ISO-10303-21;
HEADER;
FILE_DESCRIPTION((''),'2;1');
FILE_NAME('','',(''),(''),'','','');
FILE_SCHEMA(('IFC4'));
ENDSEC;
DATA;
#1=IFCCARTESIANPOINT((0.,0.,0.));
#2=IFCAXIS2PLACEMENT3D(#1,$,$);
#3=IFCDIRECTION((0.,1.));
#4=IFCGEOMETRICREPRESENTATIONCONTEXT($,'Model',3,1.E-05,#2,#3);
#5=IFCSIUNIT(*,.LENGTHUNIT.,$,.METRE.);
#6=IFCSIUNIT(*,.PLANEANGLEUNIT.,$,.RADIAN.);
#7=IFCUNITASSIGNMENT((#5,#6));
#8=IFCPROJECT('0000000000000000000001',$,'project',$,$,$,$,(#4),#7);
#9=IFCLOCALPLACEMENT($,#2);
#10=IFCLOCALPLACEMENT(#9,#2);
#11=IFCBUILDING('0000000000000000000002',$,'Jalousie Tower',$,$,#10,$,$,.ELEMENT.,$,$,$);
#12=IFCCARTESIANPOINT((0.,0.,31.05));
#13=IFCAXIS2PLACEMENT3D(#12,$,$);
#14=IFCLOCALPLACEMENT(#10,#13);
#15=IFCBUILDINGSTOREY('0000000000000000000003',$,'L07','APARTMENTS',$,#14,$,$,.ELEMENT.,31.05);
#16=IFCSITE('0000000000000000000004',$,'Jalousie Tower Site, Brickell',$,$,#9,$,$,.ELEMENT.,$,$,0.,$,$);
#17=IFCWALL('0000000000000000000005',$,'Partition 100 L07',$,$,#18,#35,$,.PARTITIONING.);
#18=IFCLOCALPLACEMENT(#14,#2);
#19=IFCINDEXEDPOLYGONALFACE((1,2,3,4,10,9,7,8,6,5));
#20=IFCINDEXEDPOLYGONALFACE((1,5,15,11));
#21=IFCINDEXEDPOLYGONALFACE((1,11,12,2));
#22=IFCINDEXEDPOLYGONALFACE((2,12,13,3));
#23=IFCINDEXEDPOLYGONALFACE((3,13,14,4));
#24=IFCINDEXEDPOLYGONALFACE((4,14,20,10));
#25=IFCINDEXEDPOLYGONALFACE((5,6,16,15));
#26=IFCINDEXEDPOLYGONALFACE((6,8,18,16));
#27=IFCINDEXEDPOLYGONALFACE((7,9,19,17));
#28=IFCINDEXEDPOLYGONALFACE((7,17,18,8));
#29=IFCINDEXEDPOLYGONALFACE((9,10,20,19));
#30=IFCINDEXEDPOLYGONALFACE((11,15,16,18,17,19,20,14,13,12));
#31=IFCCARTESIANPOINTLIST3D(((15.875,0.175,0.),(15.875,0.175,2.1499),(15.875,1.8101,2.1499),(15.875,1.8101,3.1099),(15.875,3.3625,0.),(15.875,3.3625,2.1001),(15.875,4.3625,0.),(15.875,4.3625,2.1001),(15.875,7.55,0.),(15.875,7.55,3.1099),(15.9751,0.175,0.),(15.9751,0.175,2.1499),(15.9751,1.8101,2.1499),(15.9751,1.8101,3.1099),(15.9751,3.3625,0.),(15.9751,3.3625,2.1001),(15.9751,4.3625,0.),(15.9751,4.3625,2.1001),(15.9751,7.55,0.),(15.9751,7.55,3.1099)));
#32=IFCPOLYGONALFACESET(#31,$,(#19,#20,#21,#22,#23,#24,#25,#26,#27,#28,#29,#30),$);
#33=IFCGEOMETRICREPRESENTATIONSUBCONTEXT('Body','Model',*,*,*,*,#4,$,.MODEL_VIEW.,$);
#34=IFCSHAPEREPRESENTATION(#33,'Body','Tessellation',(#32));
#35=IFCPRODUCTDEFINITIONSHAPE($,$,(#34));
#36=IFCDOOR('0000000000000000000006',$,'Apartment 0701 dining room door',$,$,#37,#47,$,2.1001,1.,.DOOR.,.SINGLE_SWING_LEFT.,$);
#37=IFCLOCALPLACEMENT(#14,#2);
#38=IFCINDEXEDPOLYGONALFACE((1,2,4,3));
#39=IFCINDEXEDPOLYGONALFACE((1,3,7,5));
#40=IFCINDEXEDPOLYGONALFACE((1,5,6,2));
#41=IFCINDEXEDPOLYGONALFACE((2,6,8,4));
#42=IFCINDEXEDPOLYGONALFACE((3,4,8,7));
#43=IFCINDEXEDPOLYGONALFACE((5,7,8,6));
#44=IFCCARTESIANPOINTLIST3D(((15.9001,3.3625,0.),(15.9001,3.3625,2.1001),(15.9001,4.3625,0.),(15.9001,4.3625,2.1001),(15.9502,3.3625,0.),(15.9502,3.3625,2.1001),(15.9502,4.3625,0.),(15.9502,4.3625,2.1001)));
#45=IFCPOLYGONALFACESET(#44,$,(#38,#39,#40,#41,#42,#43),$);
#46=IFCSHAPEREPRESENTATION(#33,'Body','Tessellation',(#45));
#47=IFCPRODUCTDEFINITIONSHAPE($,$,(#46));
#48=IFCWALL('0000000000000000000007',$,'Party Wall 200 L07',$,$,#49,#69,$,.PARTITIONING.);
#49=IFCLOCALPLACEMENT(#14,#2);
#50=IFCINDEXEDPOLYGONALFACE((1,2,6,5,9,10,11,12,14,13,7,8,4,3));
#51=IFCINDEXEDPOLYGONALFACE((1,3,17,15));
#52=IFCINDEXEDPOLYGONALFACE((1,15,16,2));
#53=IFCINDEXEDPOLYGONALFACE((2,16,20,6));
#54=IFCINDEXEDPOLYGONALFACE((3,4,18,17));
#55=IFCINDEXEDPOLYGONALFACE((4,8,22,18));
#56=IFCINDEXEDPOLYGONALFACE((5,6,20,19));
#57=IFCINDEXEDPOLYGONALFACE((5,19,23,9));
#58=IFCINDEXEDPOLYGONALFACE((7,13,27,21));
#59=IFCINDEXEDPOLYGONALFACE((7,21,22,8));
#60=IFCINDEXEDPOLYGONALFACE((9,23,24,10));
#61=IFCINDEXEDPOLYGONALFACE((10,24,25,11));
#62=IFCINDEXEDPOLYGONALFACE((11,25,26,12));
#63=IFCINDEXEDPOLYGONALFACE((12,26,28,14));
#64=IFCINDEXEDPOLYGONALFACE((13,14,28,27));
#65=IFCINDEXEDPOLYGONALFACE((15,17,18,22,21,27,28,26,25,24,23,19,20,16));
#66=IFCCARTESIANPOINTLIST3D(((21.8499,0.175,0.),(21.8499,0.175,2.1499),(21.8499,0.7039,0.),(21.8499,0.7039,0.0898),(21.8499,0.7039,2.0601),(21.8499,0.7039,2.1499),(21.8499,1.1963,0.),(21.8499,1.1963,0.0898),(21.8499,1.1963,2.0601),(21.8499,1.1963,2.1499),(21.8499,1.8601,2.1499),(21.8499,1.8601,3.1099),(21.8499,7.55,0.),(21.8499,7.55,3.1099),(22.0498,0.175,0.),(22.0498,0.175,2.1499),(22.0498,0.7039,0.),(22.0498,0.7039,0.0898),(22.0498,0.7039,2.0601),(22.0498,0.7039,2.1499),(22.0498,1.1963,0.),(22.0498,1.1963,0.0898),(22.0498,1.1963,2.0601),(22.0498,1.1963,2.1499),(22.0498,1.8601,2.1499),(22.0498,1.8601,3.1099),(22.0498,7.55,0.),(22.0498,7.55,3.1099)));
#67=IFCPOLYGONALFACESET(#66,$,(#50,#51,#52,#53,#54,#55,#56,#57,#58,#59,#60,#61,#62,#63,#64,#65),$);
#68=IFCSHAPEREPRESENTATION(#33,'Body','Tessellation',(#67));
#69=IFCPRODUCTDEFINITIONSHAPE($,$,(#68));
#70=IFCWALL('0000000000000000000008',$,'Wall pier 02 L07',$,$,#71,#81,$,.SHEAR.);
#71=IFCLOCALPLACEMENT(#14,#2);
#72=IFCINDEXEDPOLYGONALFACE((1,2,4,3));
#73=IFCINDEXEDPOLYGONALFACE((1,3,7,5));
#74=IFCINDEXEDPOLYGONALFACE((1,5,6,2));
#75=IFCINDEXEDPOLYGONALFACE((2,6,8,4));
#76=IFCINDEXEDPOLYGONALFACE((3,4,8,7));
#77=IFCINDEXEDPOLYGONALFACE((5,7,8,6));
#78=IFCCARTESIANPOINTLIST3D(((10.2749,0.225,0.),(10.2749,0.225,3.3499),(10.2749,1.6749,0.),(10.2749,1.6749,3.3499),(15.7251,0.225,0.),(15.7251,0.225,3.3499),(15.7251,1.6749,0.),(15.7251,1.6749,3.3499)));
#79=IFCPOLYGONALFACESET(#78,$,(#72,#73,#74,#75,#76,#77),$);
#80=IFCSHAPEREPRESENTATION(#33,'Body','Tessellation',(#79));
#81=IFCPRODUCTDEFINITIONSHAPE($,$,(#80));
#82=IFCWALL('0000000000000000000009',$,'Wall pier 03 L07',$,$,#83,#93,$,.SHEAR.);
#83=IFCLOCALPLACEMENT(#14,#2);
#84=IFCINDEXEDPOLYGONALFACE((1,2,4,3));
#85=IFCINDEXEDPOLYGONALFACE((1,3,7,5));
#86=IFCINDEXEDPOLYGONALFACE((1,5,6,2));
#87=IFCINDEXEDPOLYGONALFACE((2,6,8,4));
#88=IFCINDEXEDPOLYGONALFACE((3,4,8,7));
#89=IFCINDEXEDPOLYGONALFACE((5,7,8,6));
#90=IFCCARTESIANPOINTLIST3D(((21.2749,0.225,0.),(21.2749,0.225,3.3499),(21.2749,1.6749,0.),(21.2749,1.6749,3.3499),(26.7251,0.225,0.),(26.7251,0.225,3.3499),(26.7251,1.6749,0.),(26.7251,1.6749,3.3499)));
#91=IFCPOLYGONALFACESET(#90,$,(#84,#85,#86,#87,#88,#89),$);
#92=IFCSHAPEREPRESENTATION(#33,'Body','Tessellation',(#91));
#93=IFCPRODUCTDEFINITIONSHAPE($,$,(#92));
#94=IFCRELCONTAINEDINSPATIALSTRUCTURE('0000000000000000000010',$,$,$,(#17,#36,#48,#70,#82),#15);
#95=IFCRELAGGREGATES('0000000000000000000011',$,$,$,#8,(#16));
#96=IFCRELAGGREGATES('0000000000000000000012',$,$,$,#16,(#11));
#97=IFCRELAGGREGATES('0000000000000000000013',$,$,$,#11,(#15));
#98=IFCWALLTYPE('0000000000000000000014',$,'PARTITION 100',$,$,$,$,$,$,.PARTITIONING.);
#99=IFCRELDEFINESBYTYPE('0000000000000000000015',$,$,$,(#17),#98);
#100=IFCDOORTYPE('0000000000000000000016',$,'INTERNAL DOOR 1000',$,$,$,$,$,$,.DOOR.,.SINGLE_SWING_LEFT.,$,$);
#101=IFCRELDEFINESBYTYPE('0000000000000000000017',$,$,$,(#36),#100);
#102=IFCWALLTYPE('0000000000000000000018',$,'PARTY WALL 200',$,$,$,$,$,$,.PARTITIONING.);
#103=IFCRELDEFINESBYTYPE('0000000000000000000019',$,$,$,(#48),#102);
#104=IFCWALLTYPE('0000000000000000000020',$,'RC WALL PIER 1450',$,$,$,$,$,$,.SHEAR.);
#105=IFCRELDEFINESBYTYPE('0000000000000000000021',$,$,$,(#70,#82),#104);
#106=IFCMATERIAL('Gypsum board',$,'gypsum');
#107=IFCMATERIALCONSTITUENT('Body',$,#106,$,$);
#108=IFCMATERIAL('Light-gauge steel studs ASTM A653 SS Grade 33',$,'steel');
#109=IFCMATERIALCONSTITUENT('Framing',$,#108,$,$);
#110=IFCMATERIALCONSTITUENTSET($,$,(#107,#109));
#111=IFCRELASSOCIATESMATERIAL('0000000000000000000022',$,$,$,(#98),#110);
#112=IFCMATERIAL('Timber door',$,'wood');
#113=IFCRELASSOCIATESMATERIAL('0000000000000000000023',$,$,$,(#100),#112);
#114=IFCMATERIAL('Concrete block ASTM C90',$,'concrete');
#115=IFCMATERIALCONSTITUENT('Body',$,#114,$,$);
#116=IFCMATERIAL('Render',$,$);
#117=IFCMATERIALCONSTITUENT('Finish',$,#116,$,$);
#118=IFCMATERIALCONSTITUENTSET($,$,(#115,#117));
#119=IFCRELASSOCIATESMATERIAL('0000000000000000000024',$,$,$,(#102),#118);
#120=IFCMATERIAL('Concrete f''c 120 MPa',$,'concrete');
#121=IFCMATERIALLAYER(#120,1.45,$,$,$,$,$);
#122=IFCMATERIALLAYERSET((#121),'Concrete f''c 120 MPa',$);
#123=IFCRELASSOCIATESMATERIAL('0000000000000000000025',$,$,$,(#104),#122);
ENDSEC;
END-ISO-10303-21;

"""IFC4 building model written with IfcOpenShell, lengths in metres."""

from ifc_helpers import new_model, si_unit, direction, frame, frame_2d, origin, place, context, subcontext, project, spatial, polyline, rectangle, outline, extrude, material, layer, layer_set, constituent, constituent_set, type_object, element, fill, save


model = new_model("IFC4")

# Units and contexts
model_context = context("Model", 3, precision=1e-05, world=origin(), true_north=direction((0.0, 1.0)))
body_context = subcontext(model_context, "Body", "Model", "MODEL_VIEW")
ifc_project = project(units=[si_unit("LENGTHUNIT", "METRE"), si_unit("PLANEANGLEUNIT", "RADIAN")], contexts=[model_context])

# Site, building, storey
site_placement = place(None, origin())
site = spatial("IfcSite", under=ifc_project, at=site_placement, Name="Jalousie Tower Site, Brickell", CompositionType="ELEMENT", RefElevation=0.0)
building_placement = place(site_placement, origin())
building = spatial("IfcBuilding", under=site, at=building_placement, Name="Jalousie Tower", CompositionType="ELEMENT")
storey_placement = place(building_placement, frame((0.0, 0.0, 31.05)))
storey = spatial("IfcBuildingStorey", under=building, at=storey_placement, Name="L07", Description="APARTMENTS", CompositionType="ELEMENT", Elevation=31.05)

# Wall, opening, door
ifc_material_1 = material(Name="Gypsum board", Category="gypsum")
ifc_constituent_1 = constituent(ifc_material_1, Name="Body")
ifc_material_2 = material(Name="Light-gauge steel studs ASTM A653 SS Grade 33", Category="steel")
ifc_constituent_2 = constituent(ifc_material_2, Name="Framing")
ifc_constituent_set_1 = constituent_set(constituents=[ifc_constituent_1, ifc_constituent_2])
wall_type_1 = type_object("IfcWallType", Name="PARTITION 100", PredefinedType="PARTITIONING", material=ifc_constituent_set_1)
wall_1_placement = place(storey_placement, frame((15.925, 0.175, 0.0), z_axis=(0.0, 0.0, 1.0), x_axis=(0.0, 1.0, 0.0)))
wall_1 = element("IfcWall", 1, at=wall_1_placement, inside=storey, type_object=wall_type_1, Name="Partition 100 L07", PredefinedType="PARTITIONING", context=body_context, shape_type="SweptSolid", body=[
    extrude(outline(polyline([(0.0, 0.0), (7.375, 0.0), (7.375, 3.1099), (1.635, 3.1099), (1.635, 2.1499), (0.0, 2.1499), (0.0, 3.1099), (0.0, 0.0)])), frame((0.0, 0.05, 0.0), z_axis=(0.0, -1.0, 0.0), x_axis=(1.0, 0.0, 0.0)), (0.0, 0.0, 1.0), 0.1001),
])
opening_placement = place(wall_1_placement, frame((3.1875, 0.0, 0.0)))
opening = element("IfcOpeningElement", 2, at=opening_placement, cuts=wall_1, PredefinedType="OPENING", context=body_context, shape_type="SweptSolid", body=[
    extrude(rectangle(XDim=1.0, YDim=2.1001, at=frame_2d((0.5, 1.05))), frame((0.0, 0.0601, 0.0), z_axis=(0.0, -1.0, 0.0), x_axis=(1.0, 0.0, 0.0)), (0.0, 0.0, 1.0), 0.1201),
])
ifc_material_3 = material(Name="Timber door", Category="wood")
door_type = type_object("IfcDoorType", Name="INTERNAL DOOR 1000", OperationType="SINGLE_SWING_LEFT", PredefinedType="DOOR", material=ifc_material_3)
door_placement = place(opening_placement, origin())
door = element("IfcDoor", 3, at=door_placement, inside=storey, type_object=door_type, Name="Apartment 0701 dining room door", OperationType="SINGLE_SWING_LEFT", OverallHeight=2.1001, OverallWidth=1.0, PredefinedType="DOOR", context=body_context, shape_type="SweptSolid", body=[
    extrude(rectangle(XDim=1.0, YDim=2.1001, at=frame_2d((0.5, 1.05))), frame((0.0, 0.0249, 0.0), z_axis=(0.0, -1.0, 0.0), x_axis=(1.0, 0.0, 0.0)), (0.0, 0.0, 1.0), 0.05),
])
fill(opening, door)

# Walls
ifc_material_4 = material(Name="Concrete block ASTM C90", Category="concrete")
ifc_constituent_3 = constituent(ifc_material_4, Name="Body")
ifc_material_5 = material(Name="Render")
ifc_constituent_4 = constituent(ifc_material_5, Name="Finish")
ifc_constituent_set_2 = constituent_set(constituents=[ifc_constituent_3, ifc_constituent_4])
wall_type_2 = type_object("IfcWallType", Name="PARTY WALL 200", PredefinedType="PARTITIONING", material=ifc_constituent_set_2)
wall_2_placement = place(storey_placement, frame((21.95, 0.175, 0.0), z_axis=(0.0, 0.0, 1.0), x_axis=(0.0, 1.0, 0.0)))
element("IfcWall", 4, at=wall_2_placement, inside=storey, type_object=wall_type_2, Name="Party Wall 200 L07", PredefinedType="PARTITIONING", context=body_context, shape_type="SweptSolid", body=[
    extrude(outline(polyline([(0.5288, 2.1499), (0.0, 2.1499), (0.0, 0.0), (0.5288, 0.0), (0.5288, 0.0898), (1.0212, 0.0898), (1.0212, 0.0), (7.375, 0.0), (7.375, 3.1099), (1.6851, 3.1099), (1.6851, 2.1499), (1.0212, 2.1499), (1.0212, 2.0601), (0.5288, 2.0601), (0.5288, 2.1499)])), frame((0.0, 0.1001, 0.0), z_axis=(0.0, -1.0, 0.0), x_axis=(1.0, 0.0, 0.0)), (0.0, 0.0, 1.0), 0.2),
])
ifc_material_6 = material(Name="Concrete f'c 120 MPa", Category="concrete")
ifc_layer_1 = layer(ifc_material_6, 1.45)
ifc_layer_set_1 = layer_set([ifc_layer_1], Name="Concrete f'c 120 MPa")
wall_type_3 = type_object("IfcWallType", Name="RC WALL PIER 1450", PredefinedType="SHEAR", material=ifc_layer_set_1)
for number, where, z_axis, x_axis, name in (
    (5, (10.2749, 0.95, 0.0), (0.0, 0.0, 1.0), (1.0, 0.0, 0.0), "Wall pier 02 L07"),
    (6, (21.2749, 0.95, 0.0), (0.0, 0.0, 1.0), (1.0, 0.0, 0.0), "Wall pier 03 L07"),
):
    element("IfcWall", number, at=place(storey_placement, frame(where, z_axis=z_axis, x_axis=x_axis)), inside=storey, type_object=wall_type_3, Name=name, PredefinedType="SHEAR", context=body_context, shape_type="SweptSolid", body=[
        extrude(rectangle(XDim=5.4502, YDim=1.45, at=frame_2d((2.7251, 0.0))), origin(), (0.0, 0.0, 1.0), 3.3499),
    ])

save(model, "model.ifc")
